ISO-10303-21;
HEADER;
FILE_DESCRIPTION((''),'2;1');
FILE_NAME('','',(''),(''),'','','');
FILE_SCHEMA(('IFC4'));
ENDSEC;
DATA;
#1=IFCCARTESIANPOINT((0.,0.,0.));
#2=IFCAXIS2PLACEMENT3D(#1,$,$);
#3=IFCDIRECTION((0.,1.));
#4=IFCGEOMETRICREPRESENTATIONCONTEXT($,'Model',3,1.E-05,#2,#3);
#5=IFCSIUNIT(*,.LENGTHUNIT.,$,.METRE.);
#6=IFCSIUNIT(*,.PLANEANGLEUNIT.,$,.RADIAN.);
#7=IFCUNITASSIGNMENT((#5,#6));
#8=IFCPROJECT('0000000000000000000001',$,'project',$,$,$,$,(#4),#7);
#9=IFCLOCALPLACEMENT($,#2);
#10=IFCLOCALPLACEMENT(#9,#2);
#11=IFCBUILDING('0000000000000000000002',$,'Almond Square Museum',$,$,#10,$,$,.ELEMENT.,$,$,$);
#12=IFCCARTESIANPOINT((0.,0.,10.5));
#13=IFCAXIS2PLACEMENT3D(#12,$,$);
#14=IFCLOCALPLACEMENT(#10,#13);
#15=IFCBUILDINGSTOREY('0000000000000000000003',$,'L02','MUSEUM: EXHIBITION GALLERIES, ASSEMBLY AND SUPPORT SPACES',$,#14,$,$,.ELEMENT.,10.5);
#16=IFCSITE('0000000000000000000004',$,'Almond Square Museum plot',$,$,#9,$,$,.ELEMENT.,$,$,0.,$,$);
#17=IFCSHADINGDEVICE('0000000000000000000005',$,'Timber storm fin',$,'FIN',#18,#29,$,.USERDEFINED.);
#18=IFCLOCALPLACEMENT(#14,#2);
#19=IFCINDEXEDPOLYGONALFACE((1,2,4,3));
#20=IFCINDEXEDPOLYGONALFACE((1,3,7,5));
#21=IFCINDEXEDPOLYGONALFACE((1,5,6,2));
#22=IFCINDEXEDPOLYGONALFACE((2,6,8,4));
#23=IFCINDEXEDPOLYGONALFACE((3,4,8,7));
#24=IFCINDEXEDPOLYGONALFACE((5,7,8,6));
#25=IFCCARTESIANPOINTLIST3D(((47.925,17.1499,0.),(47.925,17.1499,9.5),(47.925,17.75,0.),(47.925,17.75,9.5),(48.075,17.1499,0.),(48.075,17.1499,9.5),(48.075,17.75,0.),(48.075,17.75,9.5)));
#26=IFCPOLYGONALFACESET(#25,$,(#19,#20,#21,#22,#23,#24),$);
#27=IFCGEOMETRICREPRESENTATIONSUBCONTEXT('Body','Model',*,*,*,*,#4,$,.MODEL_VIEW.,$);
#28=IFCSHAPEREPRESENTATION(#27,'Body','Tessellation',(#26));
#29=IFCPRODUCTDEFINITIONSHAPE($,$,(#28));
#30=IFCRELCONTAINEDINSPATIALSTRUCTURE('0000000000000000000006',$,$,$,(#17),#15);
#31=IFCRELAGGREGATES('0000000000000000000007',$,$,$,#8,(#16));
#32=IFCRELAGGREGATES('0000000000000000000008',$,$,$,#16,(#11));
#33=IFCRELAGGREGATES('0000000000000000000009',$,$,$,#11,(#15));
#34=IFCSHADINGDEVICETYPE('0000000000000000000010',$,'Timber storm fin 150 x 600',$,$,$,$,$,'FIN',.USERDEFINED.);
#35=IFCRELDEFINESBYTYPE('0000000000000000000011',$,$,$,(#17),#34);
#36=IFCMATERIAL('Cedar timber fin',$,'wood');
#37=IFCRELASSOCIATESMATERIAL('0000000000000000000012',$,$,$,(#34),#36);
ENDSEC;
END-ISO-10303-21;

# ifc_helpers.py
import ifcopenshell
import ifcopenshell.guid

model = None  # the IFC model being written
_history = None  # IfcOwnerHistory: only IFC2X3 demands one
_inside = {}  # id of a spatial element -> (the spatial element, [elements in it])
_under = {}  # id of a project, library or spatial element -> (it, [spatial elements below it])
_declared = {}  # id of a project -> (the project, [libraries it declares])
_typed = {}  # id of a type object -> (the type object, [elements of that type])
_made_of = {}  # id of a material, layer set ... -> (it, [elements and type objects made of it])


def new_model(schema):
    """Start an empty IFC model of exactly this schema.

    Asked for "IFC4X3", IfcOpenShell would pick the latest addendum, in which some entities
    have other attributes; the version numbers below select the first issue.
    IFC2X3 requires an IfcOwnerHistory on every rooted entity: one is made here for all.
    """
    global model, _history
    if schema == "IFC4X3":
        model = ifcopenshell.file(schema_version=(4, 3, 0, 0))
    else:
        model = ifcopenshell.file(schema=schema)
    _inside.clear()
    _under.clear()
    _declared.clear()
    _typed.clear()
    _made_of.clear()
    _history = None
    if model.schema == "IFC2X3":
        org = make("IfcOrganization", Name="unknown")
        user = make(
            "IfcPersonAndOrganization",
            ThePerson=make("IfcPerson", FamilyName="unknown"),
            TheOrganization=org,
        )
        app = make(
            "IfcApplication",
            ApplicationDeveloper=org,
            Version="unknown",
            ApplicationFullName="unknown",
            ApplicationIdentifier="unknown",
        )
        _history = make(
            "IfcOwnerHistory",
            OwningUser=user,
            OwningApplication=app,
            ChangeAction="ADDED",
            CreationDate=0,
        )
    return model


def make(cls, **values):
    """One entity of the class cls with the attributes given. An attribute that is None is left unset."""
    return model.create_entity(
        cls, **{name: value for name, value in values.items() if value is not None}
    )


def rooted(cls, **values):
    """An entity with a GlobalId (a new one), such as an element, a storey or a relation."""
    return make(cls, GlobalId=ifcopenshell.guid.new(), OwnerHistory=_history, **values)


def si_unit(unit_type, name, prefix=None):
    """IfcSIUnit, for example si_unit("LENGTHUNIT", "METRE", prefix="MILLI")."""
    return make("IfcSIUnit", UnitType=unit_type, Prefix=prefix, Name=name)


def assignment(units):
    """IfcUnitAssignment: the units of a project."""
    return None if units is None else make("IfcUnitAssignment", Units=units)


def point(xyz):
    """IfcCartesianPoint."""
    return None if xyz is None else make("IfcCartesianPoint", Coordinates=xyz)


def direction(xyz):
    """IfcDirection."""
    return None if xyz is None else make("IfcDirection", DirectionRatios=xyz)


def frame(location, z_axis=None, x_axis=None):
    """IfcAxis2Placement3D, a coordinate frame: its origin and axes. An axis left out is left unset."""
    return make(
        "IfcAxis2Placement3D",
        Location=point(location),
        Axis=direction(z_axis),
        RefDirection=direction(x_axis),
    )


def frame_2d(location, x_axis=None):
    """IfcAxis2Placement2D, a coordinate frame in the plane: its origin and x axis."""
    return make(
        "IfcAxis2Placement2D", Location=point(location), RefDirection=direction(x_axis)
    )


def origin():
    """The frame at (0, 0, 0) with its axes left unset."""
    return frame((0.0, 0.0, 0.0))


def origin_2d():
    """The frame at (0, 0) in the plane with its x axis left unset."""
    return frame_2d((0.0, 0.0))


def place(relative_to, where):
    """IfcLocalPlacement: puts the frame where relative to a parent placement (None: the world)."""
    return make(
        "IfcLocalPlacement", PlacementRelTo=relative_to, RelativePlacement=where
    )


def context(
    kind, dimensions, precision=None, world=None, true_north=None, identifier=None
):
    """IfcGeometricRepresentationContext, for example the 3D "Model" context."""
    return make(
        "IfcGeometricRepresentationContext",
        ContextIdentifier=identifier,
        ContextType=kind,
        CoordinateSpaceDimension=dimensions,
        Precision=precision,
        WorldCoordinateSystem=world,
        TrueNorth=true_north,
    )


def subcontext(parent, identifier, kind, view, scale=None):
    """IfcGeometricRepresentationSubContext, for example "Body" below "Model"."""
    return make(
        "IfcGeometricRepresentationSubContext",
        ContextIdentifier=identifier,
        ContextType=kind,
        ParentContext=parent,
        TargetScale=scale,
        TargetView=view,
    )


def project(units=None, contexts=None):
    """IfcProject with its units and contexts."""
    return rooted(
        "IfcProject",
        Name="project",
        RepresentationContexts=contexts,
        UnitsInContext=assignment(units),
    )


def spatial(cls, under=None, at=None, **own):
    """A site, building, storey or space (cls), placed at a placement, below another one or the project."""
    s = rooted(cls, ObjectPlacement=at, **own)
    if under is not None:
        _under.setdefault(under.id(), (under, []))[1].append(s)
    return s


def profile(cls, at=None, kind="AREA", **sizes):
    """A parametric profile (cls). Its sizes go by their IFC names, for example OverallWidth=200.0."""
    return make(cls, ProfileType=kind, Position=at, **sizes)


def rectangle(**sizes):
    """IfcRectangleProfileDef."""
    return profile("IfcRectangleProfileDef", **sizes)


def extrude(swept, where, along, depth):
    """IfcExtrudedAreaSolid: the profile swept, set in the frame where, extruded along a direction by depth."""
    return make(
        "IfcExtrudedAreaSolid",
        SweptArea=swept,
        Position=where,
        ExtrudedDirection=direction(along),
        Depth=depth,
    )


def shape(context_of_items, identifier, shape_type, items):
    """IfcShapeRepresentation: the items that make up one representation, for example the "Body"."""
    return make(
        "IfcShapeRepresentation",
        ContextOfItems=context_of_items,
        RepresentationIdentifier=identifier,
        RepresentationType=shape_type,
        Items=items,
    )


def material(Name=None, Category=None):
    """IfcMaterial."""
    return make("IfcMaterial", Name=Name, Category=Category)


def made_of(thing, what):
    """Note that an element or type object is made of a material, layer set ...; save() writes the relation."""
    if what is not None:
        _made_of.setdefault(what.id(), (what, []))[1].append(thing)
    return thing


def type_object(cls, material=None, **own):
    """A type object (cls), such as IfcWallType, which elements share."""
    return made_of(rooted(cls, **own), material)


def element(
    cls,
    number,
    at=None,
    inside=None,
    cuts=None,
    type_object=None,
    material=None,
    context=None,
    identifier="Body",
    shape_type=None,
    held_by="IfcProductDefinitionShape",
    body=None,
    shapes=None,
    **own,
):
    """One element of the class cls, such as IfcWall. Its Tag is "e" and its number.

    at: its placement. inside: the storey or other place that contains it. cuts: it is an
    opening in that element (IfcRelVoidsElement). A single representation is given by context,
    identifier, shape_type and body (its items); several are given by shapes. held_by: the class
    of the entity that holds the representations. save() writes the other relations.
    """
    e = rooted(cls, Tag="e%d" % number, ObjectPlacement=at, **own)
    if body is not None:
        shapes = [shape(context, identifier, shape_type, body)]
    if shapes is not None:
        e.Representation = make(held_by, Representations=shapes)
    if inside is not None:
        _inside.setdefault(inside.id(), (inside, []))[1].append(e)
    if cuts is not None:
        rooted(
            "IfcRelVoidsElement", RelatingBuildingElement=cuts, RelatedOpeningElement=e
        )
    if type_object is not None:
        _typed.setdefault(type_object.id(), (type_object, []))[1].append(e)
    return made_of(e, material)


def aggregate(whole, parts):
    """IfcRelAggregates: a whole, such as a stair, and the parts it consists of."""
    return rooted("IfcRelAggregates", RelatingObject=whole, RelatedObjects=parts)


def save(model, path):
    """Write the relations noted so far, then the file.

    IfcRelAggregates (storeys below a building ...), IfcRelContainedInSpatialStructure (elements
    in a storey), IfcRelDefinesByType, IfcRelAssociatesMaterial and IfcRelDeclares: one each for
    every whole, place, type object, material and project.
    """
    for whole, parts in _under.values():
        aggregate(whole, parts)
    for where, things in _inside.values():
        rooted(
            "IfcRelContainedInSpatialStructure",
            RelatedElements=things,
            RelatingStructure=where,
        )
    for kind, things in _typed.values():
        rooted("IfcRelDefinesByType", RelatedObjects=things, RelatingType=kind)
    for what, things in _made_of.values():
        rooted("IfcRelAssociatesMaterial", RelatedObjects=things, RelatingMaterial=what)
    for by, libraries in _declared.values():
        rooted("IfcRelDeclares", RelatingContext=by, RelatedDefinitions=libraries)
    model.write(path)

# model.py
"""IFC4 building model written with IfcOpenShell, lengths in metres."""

from ifc_helpers import new_model, si_unit, direction, frame, origin, origin_2d, place, context, subcontext, project, spatial, rectangle, extrude, material, type_object, element, save


model = new_model("IFC4")

# Units and contexts
model_context = context("Model", 3, precision=1e-05, world=origin(), true_north=direction((0.0, 1.0)))
body_context = subcontext(model_context, "Body", "Model", "MODEL_VIEW")
ifc_project = project(units=[si_unit("LENGTHUNIT", "METRE"), si_unit("PLANEANGLEUNIT", "RADIAN")], contexts=[model_context])

# Site, building, storey
site_placement = place(None, origin())
site = spatial("IfcSite", under=ifc_project, at=site_placement, Name="Almond Square Museum plot", CompositionType="ELEMENT", RefElevation=0.0)
building_placement = place(site_placement, origin())
building = spatial("IfcBuilding", under=site, at=building_placement, Name="Almond Square Museum", CompositionType="ELEMENT")
storey_placement = place(building_placement, frame((0.0, 0.0, 10.5)))
storey = spatial("IfcBuildingStorey", under=building, at=storey_placement, Name="L02", Description="MUSEUM: EXHIBITION GALLERIES, ASSEMBLY AND SUPPORT SPACES", CompositionType="ELEMENT", Elevation=10.5)

# Shading device
ifc_material_1 = material(Name="Cedar timber fin", Category="wood")
shading_device_type_1 = type_object("IfcShadingDeviceType", Name="Timber storm fin 150 x 600", ElementType="FIN", PredefinedType="USERDEFINED", material=ifc_material_1)
for number, where, z_axis, x_axis, name in (
    (1, (48.0, 17.45, 0.0), (0.0, 0.0, 1.0), (1.0, 0.0, 0.0), "Timber storm fin"),
):
    element("IfcShadingDevice", number, at=place(storey_placement, frame(where, z_axis=z_axis, x_axis=x_axis)), inside=storey, type_object=shading_device_type_1, Name=name, ObjectType="FIN", PredefinedType="USERDEFINED", context=body_context, shape_type="SweptSolid", body=[
        extrude(rectangle(XDim=0.1499, YDim=0.6001, at=origin_2d()), origin(), (0.0, 0.0, 1.0), 9.5),
    ])

save(model, "model.ifc")
